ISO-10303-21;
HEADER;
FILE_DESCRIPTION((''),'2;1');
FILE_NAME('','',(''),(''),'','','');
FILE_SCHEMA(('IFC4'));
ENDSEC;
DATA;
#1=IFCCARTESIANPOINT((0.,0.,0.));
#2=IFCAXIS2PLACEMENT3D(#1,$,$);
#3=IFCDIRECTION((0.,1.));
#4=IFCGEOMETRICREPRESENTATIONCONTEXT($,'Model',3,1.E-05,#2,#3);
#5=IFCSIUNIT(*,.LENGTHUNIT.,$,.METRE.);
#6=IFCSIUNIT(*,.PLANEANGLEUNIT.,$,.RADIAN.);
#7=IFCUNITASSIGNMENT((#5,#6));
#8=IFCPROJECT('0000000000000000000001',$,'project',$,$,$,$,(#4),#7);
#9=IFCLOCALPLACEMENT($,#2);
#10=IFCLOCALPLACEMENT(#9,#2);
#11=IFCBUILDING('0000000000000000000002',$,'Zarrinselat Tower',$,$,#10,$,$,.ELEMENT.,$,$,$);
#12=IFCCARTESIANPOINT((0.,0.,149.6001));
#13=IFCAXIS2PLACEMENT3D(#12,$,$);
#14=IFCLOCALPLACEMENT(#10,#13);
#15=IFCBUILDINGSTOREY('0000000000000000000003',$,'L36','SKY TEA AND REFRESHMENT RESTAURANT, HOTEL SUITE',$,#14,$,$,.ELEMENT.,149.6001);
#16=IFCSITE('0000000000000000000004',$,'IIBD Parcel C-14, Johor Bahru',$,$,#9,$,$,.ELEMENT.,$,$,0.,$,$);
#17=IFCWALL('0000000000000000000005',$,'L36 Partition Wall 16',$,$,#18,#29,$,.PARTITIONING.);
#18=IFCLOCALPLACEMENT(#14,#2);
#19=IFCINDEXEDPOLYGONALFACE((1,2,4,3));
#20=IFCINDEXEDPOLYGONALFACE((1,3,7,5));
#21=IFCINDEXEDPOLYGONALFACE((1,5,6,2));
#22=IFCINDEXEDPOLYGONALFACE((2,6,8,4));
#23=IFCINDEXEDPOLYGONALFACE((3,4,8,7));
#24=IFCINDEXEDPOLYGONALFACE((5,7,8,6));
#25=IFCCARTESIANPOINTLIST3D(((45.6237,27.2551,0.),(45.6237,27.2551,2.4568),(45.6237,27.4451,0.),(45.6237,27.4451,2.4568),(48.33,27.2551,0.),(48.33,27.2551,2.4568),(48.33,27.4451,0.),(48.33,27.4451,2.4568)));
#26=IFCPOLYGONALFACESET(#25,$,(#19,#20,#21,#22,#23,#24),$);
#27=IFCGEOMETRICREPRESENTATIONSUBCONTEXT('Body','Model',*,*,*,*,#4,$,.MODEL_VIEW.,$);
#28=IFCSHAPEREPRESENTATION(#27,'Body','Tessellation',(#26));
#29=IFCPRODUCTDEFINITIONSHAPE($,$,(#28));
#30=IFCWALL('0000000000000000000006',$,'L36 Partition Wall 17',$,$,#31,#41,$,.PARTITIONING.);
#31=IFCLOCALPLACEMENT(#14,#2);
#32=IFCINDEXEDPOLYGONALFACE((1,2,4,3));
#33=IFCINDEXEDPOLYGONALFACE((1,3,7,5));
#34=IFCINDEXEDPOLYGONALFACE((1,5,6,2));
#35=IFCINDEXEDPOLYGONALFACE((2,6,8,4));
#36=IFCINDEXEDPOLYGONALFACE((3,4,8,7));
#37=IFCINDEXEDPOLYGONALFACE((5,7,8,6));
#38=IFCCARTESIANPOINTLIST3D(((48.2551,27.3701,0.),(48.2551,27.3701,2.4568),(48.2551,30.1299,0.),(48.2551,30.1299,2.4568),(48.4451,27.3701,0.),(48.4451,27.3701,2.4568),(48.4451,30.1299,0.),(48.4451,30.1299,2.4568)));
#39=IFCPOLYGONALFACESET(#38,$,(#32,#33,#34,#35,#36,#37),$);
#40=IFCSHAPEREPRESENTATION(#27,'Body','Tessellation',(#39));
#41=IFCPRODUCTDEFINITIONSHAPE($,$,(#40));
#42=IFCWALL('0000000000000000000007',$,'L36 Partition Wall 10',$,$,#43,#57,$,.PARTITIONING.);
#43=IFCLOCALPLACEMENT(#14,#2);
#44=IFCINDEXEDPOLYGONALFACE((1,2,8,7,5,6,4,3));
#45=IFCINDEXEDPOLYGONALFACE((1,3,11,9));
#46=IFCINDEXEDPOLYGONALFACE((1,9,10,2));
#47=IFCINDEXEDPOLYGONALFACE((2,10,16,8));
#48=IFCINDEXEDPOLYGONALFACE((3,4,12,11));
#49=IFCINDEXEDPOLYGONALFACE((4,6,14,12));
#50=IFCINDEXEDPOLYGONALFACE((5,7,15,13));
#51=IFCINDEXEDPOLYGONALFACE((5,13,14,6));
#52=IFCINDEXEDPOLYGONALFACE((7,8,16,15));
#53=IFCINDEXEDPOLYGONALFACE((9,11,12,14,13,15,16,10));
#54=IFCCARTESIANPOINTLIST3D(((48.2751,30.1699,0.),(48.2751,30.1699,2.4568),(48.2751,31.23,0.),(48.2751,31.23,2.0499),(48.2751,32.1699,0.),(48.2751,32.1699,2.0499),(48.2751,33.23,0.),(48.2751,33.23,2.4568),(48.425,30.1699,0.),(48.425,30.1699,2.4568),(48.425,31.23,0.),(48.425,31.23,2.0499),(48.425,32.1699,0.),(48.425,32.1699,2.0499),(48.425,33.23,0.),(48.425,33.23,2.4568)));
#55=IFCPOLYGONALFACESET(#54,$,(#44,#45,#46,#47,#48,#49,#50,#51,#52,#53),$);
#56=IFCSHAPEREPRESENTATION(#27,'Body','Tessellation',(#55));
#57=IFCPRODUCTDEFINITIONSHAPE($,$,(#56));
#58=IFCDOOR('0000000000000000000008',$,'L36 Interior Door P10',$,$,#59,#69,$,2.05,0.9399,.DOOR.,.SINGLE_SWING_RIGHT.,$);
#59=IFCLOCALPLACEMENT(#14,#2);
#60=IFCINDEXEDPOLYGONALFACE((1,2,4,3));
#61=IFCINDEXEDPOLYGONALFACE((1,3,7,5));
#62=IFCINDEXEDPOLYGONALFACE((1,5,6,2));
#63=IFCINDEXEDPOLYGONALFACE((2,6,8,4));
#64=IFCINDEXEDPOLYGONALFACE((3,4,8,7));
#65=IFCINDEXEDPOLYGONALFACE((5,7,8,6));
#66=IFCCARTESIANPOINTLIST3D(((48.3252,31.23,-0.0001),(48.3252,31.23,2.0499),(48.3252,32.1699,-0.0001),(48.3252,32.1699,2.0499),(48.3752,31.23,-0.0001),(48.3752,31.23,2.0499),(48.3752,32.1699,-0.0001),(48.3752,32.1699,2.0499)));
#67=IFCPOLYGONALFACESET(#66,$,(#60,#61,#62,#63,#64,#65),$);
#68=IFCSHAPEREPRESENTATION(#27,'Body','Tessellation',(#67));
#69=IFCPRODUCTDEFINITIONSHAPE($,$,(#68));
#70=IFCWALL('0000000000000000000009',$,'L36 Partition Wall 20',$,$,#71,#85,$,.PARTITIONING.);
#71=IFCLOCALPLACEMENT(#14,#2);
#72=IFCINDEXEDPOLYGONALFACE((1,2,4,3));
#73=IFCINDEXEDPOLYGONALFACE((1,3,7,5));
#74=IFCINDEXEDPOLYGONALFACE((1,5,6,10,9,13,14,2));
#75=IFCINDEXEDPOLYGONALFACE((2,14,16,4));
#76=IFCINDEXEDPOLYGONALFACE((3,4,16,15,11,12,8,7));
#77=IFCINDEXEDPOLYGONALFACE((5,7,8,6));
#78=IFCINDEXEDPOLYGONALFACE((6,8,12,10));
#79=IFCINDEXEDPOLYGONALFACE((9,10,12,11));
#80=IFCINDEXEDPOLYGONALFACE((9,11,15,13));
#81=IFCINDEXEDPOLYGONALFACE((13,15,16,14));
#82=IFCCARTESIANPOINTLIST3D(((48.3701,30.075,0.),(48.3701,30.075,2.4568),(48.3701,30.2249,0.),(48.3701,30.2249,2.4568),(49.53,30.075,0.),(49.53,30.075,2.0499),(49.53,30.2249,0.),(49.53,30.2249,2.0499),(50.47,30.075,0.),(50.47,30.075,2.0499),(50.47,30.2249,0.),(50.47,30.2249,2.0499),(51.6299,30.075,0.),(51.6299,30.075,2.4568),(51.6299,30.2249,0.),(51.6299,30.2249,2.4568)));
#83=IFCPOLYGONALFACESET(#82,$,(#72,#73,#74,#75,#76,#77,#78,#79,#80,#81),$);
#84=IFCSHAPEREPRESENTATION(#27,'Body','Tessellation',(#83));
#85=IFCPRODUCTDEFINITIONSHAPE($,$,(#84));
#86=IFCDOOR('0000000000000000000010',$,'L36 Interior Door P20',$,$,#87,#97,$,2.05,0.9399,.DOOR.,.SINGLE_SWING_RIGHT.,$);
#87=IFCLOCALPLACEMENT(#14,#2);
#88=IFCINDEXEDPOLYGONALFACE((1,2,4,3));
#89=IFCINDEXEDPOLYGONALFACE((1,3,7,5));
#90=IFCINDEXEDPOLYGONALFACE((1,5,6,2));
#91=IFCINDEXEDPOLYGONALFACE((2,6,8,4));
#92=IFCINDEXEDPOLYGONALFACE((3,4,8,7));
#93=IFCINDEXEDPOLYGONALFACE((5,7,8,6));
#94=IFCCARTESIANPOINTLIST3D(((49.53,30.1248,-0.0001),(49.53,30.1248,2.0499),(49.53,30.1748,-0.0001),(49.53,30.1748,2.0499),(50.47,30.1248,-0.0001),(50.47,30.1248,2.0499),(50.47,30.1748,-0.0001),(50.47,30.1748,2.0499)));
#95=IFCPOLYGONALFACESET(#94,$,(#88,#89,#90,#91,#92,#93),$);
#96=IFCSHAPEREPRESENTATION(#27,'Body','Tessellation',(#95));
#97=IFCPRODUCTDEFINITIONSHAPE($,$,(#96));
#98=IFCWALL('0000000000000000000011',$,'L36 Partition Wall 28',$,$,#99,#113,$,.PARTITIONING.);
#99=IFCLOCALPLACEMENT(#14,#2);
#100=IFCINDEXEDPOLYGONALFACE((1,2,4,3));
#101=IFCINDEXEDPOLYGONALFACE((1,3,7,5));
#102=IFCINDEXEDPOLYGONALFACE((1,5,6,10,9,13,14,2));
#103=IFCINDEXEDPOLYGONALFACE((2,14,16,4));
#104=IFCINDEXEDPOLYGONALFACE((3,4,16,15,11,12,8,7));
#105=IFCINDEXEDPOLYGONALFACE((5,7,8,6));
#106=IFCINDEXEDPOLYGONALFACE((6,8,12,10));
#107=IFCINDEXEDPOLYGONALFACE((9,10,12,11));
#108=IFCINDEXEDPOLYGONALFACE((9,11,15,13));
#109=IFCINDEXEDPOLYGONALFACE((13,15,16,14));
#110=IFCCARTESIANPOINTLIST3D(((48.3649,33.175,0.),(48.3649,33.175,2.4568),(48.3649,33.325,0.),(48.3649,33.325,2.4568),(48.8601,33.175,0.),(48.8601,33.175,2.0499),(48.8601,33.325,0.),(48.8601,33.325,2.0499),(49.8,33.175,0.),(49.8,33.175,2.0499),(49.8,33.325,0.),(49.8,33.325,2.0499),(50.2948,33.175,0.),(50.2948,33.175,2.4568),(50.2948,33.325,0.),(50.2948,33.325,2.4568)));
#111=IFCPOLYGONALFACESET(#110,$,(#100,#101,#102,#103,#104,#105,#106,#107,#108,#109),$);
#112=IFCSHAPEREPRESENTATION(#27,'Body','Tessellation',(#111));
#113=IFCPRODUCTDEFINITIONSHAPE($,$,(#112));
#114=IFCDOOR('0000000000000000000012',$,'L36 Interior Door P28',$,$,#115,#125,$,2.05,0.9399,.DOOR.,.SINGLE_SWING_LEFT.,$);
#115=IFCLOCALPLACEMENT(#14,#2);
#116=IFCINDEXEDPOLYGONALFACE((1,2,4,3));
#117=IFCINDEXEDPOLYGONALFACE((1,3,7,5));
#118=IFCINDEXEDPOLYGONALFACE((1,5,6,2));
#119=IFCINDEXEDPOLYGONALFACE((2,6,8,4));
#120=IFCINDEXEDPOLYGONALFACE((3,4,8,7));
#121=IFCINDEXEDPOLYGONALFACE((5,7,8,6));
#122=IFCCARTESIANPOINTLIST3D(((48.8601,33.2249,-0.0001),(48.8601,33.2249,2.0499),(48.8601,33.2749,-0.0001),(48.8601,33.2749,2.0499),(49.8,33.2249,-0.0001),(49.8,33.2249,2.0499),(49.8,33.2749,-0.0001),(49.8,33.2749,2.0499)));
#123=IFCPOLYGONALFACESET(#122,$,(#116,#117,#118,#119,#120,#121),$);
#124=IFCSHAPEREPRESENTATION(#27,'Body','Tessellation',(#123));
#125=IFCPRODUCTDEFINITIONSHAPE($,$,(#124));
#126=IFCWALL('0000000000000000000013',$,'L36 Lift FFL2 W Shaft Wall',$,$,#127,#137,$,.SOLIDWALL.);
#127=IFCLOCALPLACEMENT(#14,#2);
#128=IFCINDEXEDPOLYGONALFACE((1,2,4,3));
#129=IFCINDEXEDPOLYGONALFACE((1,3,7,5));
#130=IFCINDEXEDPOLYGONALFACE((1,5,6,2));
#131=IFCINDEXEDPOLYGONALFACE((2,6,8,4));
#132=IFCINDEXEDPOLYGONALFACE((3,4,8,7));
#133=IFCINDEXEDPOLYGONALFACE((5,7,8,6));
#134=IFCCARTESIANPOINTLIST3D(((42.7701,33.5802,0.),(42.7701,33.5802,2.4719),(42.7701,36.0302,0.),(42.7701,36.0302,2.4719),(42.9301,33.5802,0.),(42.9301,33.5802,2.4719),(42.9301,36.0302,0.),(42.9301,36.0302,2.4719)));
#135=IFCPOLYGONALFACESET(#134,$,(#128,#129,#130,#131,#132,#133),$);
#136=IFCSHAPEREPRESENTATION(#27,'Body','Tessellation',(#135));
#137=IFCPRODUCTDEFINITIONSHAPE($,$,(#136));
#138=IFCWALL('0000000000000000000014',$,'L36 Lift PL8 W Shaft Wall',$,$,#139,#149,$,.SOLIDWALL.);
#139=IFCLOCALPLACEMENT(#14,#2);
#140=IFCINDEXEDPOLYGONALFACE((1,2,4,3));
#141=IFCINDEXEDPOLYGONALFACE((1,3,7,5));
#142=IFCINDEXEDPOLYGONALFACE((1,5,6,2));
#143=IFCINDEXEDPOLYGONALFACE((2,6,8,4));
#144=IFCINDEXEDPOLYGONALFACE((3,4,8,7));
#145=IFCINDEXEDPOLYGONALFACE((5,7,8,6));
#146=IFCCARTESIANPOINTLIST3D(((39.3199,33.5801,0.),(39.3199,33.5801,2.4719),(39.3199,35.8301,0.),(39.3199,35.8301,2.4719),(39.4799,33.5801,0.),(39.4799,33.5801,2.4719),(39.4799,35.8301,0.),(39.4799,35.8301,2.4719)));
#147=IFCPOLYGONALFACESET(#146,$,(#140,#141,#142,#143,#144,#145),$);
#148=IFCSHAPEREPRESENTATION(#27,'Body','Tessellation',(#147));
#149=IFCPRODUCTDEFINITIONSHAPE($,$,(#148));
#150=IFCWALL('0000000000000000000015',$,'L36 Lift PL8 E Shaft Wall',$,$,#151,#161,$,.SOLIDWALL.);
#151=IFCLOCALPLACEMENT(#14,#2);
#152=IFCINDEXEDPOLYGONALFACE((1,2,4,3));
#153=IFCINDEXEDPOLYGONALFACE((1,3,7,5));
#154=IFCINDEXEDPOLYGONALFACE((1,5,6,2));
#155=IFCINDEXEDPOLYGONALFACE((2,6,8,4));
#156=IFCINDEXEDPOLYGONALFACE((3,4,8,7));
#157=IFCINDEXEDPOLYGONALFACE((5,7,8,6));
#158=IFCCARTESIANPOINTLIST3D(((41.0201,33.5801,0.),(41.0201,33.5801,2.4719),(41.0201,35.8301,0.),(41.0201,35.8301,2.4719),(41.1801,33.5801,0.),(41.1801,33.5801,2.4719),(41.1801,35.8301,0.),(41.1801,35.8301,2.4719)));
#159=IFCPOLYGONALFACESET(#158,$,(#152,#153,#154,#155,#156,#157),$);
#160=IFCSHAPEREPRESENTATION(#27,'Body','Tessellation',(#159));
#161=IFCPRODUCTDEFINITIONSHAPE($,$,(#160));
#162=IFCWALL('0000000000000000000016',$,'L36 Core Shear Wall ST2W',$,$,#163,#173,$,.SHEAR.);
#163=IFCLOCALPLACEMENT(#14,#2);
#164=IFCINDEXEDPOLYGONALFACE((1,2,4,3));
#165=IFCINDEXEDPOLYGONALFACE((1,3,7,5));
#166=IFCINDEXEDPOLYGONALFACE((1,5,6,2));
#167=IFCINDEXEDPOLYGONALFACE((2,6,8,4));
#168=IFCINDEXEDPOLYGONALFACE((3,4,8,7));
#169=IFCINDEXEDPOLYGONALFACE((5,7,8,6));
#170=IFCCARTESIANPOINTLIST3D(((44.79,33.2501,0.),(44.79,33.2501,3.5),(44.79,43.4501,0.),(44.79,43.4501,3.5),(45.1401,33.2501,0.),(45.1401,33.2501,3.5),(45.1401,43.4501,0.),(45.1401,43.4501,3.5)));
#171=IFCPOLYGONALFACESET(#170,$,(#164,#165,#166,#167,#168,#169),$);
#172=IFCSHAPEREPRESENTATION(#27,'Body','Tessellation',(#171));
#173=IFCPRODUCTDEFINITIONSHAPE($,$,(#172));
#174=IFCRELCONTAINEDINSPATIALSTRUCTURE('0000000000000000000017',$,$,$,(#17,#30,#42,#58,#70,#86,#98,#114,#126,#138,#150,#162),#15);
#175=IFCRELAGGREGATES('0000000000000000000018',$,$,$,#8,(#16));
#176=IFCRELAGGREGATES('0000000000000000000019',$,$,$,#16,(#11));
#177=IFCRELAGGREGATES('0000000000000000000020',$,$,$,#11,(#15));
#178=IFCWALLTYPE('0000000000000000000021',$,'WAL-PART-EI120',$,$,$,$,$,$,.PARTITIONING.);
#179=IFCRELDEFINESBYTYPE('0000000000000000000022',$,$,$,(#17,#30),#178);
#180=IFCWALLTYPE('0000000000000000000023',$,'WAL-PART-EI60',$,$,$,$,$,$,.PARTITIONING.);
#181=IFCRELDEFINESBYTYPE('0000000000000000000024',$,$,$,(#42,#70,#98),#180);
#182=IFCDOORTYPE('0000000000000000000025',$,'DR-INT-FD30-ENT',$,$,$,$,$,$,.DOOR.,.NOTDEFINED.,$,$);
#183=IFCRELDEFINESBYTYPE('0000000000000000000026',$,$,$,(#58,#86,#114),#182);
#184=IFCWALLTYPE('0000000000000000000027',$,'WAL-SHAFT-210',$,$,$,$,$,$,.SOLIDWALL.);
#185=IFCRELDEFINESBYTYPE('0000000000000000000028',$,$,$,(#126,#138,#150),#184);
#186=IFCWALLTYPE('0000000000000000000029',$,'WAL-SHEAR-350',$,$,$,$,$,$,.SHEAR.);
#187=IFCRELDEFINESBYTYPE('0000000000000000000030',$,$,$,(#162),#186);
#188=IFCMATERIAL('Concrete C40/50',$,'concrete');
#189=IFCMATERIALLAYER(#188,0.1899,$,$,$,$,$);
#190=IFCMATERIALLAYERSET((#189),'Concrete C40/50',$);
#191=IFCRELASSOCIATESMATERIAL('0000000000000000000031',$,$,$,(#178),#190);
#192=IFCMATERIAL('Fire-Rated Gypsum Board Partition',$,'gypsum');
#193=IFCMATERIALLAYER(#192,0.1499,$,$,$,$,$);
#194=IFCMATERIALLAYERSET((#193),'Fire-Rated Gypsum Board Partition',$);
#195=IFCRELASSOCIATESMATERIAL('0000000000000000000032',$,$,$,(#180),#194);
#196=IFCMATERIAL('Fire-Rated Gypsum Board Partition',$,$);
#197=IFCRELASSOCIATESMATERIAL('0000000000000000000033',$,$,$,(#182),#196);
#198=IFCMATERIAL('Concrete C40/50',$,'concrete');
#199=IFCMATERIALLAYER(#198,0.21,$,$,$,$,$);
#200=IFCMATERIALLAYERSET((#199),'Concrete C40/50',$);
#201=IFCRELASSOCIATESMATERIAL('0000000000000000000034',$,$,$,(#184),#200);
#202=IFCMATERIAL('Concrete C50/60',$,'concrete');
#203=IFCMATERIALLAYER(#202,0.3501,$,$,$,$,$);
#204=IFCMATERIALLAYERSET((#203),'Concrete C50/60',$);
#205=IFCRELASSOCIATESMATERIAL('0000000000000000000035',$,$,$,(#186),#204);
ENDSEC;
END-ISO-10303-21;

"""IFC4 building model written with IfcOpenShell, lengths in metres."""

from ifc_helpers import new_model, si_unit, direction, frame, frame_2d, origin, place, context, subcontext, project, spatial, rectangle, extrude, material, layer, layer_set, type_object, element, fill, save


model = new_model("IFC4")

# Units and contexts
model_context = context("Model", 3, precision=1e-05, world=origin(), true_north=direction((0.0, 1.0)))
body_context = subcontext(model_context, "Body", "Model", "MODEL_VIEW")
ifc_project = project(units=[si_unit("LENGTHUNIT", "METRE"), si_unit("PLANEANGLEUNIT", "RADIAN")], contexts=[model_context])

# Site, building, storey
site_placement = place(None, origin())
site = spatial("IfcSite", under=ifc_project, at=site_placement, Name="IIBD Parcel C-14, Johor Bahru", CompositionType="ELEMENT", RefElevation=0.0)
building_placement = place(site_placement, origin())
building = spatial("IfcBuilding", under=site, at=building_placement, Name="Zarrinselat Tower", CompositionType="ELEMENT")
storey_placement = place(building_placement, frame((0.0, 0.0, 149.6001)))
storey = spatial("IfcBuildingStorey", under=building, at=storey_placement, Name="L36", Description="SKY TEA AND REFRESHMENT RESTAURANT, HOTEL SUITE", CompositionType="ELEMENT", Elevation=149.6001)

# Shared definitions
ifc_material_1 = material(Name="Concrete C40/50", Category="concrete")
ifc_layer_1 = layer(ifc_material_1, 0.1899)
ifc_layer_set_1 = layer_set([ifc_layer_1], Name="Concrete C40/50")
wall_type_1 = type_object("IfcWallType", Name="WAL-PART-EI120", PredefinedType="PARTITIONING", material=ifc_layer_set_1)

# Walls
wall_1_placement = place(storey_placement, frame((45.6238, 27.3501, 0.0), z_axis=(0.0, 0.0, 1.0), x_axis=(1.0, 0.0, 0.0)))
element("IfcWall", 1, at=wall_1_placement, inside=storey, type_object=wall_type_1, Name="L36 Partition Wall 16", PredefinedType="PARTITIONING", context=body_context, shape_type="SweptSolid", body=[
    extrude(rectangle(XDim=2.7063, YDim=0.1899, at=frame_2d((1.353, 0.0))), origin(), (0.0, 0.0, 1.0), 2.4568),
])
wall_2_placement = place(storey_placement, frame((48.3501, 27.3701, 0.0), z_axis=(0.0, 0.0, 1.0), x_axis=(0.0, 1.0, 0.0)))
element("IfcWall", 2, at=wall_2_placement, inside=storey, type_object=wall_type_1, Name="L36 Partition Wall 17", PredefinedType="PARTITIONING", context=body_context, shape_type="SweptSolid", body=[
    extrude(rectangle(XDim=2.7598, YDim=0.1899, at=frame_2d((1.3799, 0.0))), origin(), (0.0, 0.0, 1.0), 2.4568),
])

# Walls, openings, doors
ifc_material_2 = material(Name="Fire-Rated Gypsum Board Partition", Category="gypsum")
ifc_layer_2 = layer(ifc_material_2, 0.1499)
ifc_layer_set_2 = layer_set([ifc_layer_2], Name="Fire-Rated Gypsum Board Partition")
wall_type_2 = type_object("IfcWallType", Name="WAL-PART-EI60", PredefinedType="PARTITIONING", material=ifc_layer_set_2)
wall_3_placement = place(storey_placement, frame((48.3501, 30.1699, 0.0), z_axis=(0.0, 0.0, 1.0), x_axis=(0.0, 1.0, 0.0)))
wall_3 = element("IfcWall", 3, at=wall_3_placement, inside=storey, type_object=wall_type_2, Name="L36 Partition Wall 10", PredefinedType="PARTITIONING", context=body_context, shape_type="SweptSolid", body=[
    extrude(rectangle(XDim=3.0601, YDim=0.1499, at=frame_2d((1.53, 0.0))), origin(), (0.0, 0.0, 1.0), 2.4568),
])
opening_1_placement = place(wall_3_placement, frame((1.0601, 0.0, 0.0)))
opening_1 = element("IfcOpeningElement", 4, at=opening_1_placement, cuts=wall_3, PredefinedType="OPENING", context=body_context, shape_type="SweptSolid", body=[
    extrude(rectangle(XDim=0.9399, YDim=2.05, at=frame_2d((0.47, 1.0249))), frame((0.0, 0.085, 0.0), z_axis=(0.0, -1.0, 0.0), x_axis=(1.0, 0.0, 0.0)), (0.0, 0.0, 1.0), 0.1699),
])
ifc_material_3 = material(Name="Fire-Rated Gypsum Board Partition")
door_type_1 = type_object("IfcDoorType", Name="DR-INT-FD30-ENT", OperationType="NOTDEFINED", PredefinedType="DOOR", material=ifc_material_3)
door_1_placement = place(opening_1_placement, origin())
door_1 = element("IfcDoor", 5, at=door_1_placement, inside=storey, type_object=door_type_1, Name="L36 Interior Door P10", OperationType="SINGLE_SWING_RIGHT", OverallHeight=2.05, OverallWidth=0.9399, PredefinedType="DOOR", context=body_context, shape_type="SweptSolid", body=[
    extrude(rectangle(XDim=0.9399, YDim=2.05, at=frame_2d((0.47, 1.0249))), frame((0.0, 0.0249, 0.0), z_axis=(0.0, -1.0, 0.0), x_axis=(1.0, 0.0, 0.0)), (0.0, 0.0, 1.0), 0.05),
])
fill(opening_1, door_1)
wall_4_placement = place(storey_placement, frame((48.3701, 30.1499, 0.0), z_axis=(0.0, 0.0, 1.0), x_axis=(1.0, 0.0, 0.0)))
wall_4 = element("IfcWall", 6, at=wall_4_placement, inside=storey, type_object=wall_type_2, Name="L36 Partition Wall 20", PredefinedType="PARTITIONING", context=body_context, shape_type="SweptSolid", body=[
    extrude(rectangle(XDim=3.2598, YDim=0.1499, at=frame_2d((1.6299, 0.0))), origin(), (0.0, 0.0, 1.0), 2.4568),
])
opening_2_placement = place(wall_4_placement, frame((1.1599, 0.0, 0.0)))
opening_2 = element("IfcOpeningElement", 7, at=opening_2_placement, cuts=wall_4, PredefinedType="OPENING", context=body_context, shape_type="SweptSolid", body=[
    extrude(rectangle(XDim=0.9399, YDim=2.05, at=frame_2d((0.47, 1.0249))), frame((0.0, 0.085, 0.0), z_axis=(0.0, -1.0, 0.0), x_axis=(1.0, 0.0, 0.0)), (0.0, 0.0, 1.0), 0.1699),
])
door_2_placement = place(opening_2_placement, origin())
door_2 = element("IfcDoor", 8, at=door_2_placement, inside=storey, type_object=door_type_1, Name="L36 Interior Door P20", OperationType="SINGLE_SWING_RIGHT", OverallHeight=2.05, OverallWidth=0.9399, PredefinedType="DOOR", context=body_context, shape_type="SweptSolid", body=[
    extrude(rectangle(XDim=0.9399, YDim=2.05, at=frame_2d((0.47, 1.0249))), frame((0.0, 0.0249, 0.0), z_axis=(0.0, -1.0, 0.0), x_axis=(1.0, 0.0, 0.0)), (0.0, 0.0, 1.0), 0.05),
])
fill(opening_2, door_2)
wall_5_placement = place(storey_placement, frame((48.365, 33.25, 0.0), z_axis=(0.0, 0.0, 1.0), x_axis=(1.0, 0.0, 0.0)))
wall_5 = element("IfcWall", 9, at=wall_5_placement, inside=storey, type_object=wall_type_2, Name="L36 Partition Wall 28", PredefinedType="PARTITIONING", context=body_context, shape_type="SweptSolid", body=[
    extrude(rectangle(XDim=1.9299, YDim=0.1499, at=frame_2d((0.9648, 0.0))), origin(), (0.0, 0.0, 1.0), 2.4568),
])
opening_3_placement = place(wall_5_placement, frame((0.4951, 0.0, 0.0)))
opening_3 = element("IfcOpeningElement", 10, at=opening_3_placement, cuts=wall_5, PredefinedType="OPENING", context=body_context, shape_type="SweptSolid", body=[
    extrude(rectangle(XDim=0.9399, YDim=2.05, at=frame_2d((0.47, 1.0249))), frame((0.0, 0.085, 0.0), z_axis=(0.0, -1.0, 0.0), x_axis=(1.0, 0.0, 0.0)), (0.0, 0.0, 1.0), 0.1699),
])
door_3_placement = place(opening_3_placement, origin())
door_3 = element("IfcDoor", 11, at=door_3_placement, inside=storey, type_object=door_type_1, Name="L36 Interior Door P28", OperationType="SINGLE_SWING_LEFT", OverallHeight=2.05, OverallWidth=0.9399, PredefinedType="DOOR", context=body_context, shape_type="SweptSolid", body=[
    extrude(rectangle(XDim=0.9399, YDim=2.05, at=frame_2d((0.47, 1.0249))), frame((0.0, 0.0249, 0.0), z_axis=(0.0, -1.0, 0.0), x_axis=(1.0, 0.0, 0.0)), (0.0, 0.0, 1.0), 0.05),
])
fill(opening_3, door_3)

# Walls
ifc_material_4 = material(Name="Concrete C40/50", Category="concrete")
ifc_layer_3 = layer(ifc_material_4, 0.21)
ifc_layer_set_3 = layer_set([ifc_layer_3], Name="Concrete C40/50")
wall_type_3 = type_object("IfcWallType", Name="WAL-SHAFT-210", PredefinedType="SOLIDWALL", material=ifc_layer_set_3)
wall_6_placement = place(storey_placement, frame((42.8501, 33.5801, 0.0), z_axis=(0.0, 0.0, 1.0), x_axis=(0.0, 1.0, 0.0)))
element("IfcWall", 12, at=wall_6_placement, inside=storey, type_object=wall_type_3, Name="L36 Lift FFL2 W Shaft Wall", PredefinedType="SOLIDWALL", context=body_context, shape_type="SweptSolid", body=[
    extrude(rectangle(XDim=2.45, YDim=0.1599, at=frame_2d((1.2251, 0.0))), origin(), (0.0, 0.0, 1.0), 2.4719),
])
for number, where, z_axis, x_axis, name in (
    (13, (39.3999, 33.5801, 0.0), (0.0, 0.0, 1.0), (0.0, 1.0, 0.0), "L36 Lift PL8 W Shaft Wall"),
    (14, (41.1001, 33.5801, 0.0), (0.0, 0.0, 1.0), (0.0, 1.0, 0.0), "L36 Lift PL8 E Shaft Wall"),
):
    element("IfcWall", number, at=place(storey_placement, frame(where, z_axis=z_axis, x_axis=x_axis)), inside=storey, type_object=wall_type_3, Name=name, PredefinedType="SOLIDWALL", context=body_context, shape_type="SweptSolid", body=[
        extrude(rectangle(XDim=2.25, YDim=0.1599, at=frame_2d((1.125, 0.0))), origin(), (0.0, 0.0, 1.0), 2.4719),
    ])
ifc_material_5 = material(Name="Concrete C50/60", Category="concrete")
ifc_layer_4 = layer(ifc_material_5, 0.3501)
ifc_layer_set_4 = layer_set([ifc_layer_4], Name="Concrete C50/60")
wall_type_4 = type_object("IfcWallType", Name="WAL-SHEAR-350", PredefinedType="SHEAR", material=ifc_layer_set_4)
wall_7_placement = place(storey_placement, frame((44.9651, 33.25, 0.0), z_axis=(0.0, 0.0, 1.0), x_axis=(0.0, 1.0, 0.0)))
element("IfcWall", 15, at=wall_7_placement, inside=storey, type_object=wall_type_4, Name="L36 Core Shear Wall ST2W", PredefinedType="SHEAR", context=body_context, shape_type="SweptSolid", body=[
    extrude(rectangle(XDim=10.2, YDim=0.3501, at=frame_2d((5.1001, 0.0))), origin(), (0.0, 0.0, 1.0), 3.5),
])

save(model, "model.ifc")
